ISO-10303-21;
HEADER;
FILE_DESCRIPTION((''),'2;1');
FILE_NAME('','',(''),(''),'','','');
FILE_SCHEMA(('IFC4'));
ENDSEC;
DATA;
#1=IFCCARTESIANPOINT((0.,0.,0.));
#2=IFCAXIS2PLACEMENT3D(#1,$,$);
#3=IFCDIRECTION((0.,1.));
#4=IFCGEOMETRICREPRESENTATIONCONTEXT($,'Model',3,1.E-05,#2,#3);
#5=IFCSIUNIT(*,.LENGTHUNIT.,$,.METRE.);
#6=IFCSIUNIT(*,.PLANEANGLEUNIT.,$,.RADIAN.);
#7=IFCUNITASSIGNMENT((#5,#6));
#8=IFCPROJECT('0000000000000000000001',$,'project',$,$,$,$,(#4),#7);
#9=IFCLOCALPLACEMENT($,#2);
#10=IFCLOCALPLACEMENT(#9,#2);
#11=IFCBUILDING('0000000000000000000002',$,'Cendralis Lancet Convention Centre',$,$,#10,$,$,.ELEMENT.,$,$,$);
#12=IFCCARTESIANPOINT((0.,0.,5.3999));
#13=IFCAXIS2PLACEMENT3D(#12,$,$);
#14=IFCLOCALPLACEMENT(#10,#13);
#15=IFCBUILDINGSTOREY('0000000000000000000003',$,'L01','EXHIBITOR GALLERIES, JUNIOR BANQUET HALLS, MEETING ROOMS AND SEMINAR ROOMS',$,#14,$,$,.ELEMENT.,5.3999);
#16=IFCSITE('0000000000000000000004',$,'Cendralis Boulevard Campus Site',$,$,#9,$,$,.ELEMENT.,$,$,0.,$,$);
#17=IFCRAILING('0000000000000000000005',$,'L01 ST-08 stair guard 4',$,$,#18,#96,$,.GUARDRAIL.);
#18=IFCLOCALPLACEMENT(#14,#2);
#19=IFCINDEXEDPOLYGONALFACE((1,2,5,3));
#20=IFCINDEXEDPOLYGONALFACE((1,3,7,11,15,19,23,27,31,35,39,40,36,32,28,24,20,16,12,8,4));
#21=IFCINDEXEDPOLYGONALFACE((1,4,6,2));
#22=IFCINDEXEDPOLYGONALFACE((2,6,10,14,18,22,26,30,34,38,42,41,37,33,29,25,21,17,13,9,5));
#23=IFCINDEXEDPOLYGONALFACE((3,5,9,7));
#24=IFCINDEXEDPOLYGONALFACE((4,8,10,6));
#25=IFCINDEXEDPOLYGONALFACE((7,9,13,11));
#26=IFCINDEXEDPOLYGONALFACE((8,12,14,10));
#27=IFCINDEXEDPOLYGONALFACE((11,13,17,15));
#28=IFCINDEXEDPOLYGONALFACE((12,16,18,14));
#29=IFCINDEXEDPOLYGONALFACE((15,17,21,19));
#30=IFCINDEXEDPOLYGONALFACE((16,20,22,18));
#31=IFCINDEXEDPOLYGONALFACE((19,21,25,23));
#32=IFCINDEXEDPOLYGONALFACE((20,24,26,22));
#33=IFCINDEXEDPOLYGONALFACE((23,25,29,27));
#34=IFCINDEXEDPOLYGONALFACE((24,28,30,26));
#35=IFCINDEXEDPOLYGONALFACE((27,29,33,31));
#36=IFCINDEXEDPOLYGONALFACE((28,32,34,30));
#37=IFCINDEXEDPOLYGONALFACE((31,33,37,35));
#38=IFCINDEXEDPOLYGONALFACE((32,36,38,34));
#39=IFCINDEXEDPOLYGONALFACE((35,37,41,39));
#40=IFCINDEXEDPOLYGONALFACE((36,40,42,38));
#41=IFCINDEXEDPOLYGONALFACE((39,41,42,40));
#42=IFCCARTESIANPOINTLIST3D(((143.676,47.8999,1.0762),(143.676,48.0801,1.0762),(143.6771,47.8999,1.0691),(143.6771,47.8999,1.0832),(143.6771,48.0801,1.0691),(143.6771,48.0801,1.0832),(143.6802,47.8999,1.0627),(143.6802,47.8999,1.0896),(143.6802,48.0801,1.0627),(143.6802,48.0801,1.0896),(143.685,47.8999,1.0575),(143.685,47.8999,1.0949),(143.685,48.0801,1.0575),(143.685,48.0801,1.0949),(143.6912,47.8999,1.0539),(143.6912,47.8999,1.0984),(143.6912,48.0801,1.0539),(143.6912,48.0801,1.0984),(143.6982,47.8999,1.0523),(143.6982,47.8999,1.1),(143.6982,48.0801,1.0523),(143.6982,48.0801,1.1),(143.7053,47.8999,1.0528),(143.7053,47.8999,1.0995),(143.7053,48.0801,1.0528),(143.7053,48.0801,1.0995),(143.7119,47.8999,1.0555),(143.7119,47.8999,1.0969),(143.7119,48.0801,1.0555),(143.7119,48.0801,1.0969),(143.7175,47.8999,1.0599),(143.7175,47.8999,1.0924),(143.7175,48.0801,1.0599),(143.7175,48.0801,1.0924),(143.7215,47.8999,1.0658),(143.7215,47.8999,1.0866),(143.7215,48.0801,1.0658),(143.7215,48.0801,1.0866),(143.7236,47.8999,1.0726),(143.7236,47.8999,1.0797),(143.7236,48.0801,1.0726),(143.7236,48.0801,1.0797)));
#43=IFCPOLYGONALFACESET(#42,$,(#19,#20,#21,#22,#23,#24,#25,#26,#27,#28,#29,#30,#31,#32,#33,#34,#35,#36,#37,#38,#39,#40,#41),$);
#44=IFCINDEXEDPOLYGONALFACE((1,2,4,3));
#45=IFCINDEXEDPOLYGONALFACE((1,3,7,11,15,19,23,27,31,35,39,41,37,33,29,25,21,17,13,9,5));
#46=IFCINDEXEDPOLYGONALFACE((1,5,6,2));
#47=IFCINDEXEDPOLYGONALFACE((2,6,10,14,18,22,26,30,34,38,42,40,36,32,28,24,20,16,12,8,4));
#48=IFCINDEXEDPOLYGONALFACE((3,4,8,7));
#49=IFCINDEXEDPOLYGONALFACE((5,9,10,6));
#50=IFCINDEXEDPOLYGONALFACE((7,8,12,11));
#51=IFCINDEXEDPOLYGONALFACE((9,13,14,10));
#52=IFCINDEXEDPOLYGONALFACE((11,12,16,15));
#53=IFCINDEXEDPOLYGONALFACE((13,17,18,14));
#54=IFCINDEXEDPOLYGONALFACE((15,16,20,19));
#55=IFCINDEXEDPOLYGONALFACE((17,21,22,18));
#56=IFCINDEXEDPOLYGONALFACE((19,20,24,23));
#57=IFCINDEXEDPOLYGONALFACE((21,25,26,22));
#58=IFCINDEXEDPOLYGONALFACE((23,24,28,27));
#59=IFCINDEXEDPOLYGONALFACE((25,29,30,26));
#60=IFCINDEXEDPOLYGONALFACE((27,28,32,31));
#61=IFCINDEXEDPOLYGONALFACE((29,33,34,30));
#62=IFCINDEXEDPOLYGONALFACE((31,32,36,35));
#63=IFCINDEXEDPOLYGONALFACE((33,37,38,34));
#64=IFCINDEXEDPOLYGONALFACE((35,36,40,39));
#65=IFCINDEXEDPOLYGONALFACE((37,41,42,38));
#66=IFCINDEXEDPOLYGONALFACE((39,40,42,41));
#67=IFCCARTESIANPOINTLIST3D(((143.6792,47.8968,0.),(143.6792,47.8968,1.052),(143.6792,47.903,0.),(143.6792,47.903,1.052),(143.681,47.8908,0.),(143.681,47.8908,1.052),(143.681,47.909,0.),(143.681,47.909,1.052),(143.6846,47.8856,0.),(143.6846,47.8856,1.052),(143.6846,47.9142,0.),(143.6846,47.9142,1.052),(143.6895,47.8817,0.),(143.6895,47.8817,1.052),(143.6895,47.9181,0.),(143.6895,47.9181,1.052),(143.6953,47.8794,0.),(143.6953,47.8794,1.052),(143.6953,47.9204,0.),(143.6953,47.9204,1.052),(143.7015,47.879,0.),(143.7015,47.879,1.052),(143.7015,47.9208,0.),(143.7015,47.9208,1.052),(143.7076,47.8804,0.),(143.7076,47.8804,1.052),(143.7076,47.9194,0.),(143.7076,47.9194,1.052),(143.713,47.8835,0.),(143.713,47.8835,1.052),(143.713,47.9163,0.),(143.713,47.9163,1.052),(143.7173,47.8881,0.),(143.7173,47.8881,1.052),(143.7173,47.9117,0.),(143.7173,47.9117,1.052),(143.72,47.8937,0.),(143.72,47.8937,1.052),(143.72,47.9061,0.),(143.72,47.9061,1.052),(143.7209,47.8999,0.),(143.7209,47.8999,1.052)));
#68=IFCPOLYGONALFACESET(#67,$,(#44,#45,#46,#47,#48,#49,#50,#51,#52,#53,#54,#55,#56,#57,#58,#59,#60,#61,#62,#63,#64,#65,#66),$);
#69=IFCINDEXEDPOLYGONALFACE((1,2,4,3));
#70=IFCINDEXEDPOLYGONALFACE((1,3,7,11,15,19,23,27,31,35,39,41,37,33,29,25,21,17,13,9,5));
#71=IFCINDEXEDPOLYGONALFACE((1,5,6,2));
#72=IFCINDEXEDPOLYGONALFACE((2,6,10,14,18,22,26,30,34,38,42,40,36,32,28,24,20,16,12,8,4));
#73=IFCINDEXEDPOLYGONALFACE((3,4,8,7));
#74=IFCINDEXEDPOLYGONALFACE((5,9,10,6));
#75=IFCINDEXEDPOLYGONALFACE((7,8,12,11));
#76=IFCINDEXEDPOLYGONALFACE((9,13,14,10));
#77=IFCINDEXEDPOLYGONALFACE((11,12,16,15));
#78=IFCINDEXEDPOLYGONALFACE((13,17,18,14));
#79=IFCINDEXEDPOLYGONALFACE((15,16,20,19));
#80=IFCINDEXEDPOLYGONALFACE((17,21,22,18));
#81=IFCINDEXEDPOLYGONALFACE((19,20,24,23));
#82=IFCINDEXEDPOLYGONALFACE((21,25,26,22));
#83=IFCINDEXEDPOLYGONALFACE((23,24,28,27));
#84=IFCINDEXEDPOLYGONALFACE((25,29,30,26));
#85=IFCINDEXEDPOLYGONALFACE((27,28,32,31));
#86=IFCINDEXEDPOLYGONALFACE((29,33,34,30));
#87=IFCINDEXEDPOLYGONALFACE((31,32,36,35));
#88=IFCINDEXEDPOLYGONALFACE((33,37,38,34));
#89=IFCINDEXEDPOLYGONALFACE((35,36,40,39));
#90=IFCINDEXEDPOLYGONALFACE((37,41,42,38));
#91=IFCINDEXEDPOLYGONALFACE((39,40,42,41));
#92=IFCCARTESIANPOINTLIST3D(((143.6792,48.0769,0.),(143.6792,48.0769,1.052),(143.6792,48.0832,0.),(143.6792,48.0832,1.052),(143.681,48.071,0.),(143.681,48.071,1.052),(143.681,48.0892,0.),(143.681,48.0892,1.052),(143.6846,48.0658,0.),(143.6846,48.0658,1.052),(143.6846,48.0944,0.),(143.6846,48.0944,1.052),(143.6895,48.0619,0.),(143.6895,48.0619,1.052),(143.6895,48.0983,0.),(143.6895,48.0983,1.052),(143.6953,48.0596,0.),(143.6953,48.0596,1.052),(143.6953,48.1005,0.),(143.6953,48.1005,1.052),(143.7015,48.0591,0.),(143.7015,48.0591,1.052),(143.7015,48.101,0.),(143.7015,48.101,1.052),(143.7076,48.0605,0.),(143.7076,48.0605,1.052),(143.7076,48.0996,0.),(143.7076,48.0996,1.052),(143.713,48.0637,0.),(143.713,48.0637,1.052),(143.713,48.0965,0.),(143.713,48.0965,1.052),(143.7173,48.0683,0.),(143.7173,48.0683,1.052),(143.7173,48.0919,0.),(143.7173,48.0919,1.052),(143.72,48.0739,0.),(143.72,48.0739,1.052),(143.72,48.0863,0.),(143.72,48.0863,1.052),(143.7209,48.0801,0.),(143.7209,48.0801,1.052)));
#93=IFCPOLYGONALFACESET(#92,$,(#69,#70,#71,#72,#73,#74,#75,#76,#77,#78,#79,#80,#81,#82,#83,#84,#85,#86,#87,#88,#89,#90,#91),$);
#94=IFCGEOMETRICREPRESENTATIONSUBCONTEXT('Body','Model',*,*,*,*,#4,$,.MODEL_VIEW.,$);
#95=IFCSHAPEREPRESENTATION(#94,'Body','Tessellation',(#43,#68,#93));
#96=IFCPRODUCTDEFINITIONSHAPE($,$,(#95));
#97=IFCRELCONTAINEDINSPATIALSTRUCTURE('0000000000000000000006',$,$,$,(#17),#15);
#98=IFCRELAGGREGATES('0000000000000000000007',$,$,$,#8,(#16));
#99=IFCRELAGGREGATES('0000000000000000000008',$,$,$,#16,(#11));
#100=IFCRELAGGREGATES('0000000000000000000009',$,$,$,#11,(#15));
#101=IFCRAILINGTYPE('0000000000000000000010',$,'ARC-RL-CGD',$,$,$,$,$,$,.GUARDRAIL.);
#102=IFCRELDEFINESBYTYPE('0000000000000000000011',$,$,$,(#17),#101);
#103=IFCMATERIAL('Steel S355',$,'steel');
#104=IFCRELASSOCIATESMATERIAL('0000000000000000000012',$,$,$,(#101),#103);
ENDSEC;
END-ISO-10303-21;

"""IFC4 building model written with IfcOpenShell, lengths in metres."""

from ifc_helpers import new_model, si_unit, direction, frame, origin, origin_2d, place, context, subcontext, project, spatial, circle, extrude, material, type_object, element, save


model = new_model("IFC4")

# Units and contexts
model_context = context("Model", 3, precision=1e-05, world=origin(), true_north=direction((0.0, 1.0)))
body_context = subcontext(model_context, "Body", "Model", "MODEL_VIEW")
ifc_project = project(units=[si_unit("LENGTHUNIT", "METRE"), si_unit("PLANEANGLEUNIT", "RADIAN")], contexts=[model_context])

# Site, building, storey
site_placement = place(None, origin())
site = spatial("IfcSite", under=ifc_project, at=site_placement, Name="Cendralis Boulevard Campus Site", CompositionType="ELEMENT", RefElevation=0.0)
building_placement = place(site_placement, origin())
building = spatial("IfcBuilding", under=site, at=building_placement, Name="Cendralis Lancet Convention Centre", CompositionType="ELEMENT")
storey_placement = place(building_placement, frame((0.0, 0.0, 5.3999)))
storey = spatial("IfcBuildingStorey", under=building, at=storey_placement, Name="L01", Description="EXHIBITOR GALLERIES, JUNIOR BANQUET HALLS, MEETING ROOMS AND SEMINAR ROOMS", CompositionType="ELEMENT", Elevation=5.3999)

# Shared definitions
ifc_material_1 = material(Name="Steel S355", Category="steel")

# Railing
railing_type_1 = type_object("IfcRailingType", Name="ARC-RL-CGD", PredefinedType="GUARDRAIL", material=ifc_material_1)
railing_1_placement = place(storey_placement, frame((143.7, 47.8999, 0.0)))
element("IfcRailing", 1, at=railing_1_placement, inside=storey, type_object=railing_type_1, Name="L01 ST-08 stair guard 4", PredefinedType="GUARDRAIL", context=body_context, shape_type="SweptSolid", body=[
    extrude(circle(Radius=0.0239, at=origin_2d()), frame((0.0, 0.0, 1.0762), z_axis=(0.0, 1.0, 0.0), x_axis=(-1.0, 0.0, 0.0)), (0.0, 0.0, 1.0), 0.1802),
    extrude(circle(Radius=0.021, at=origin_2d()), origin(), (0.0, 0.0, 1.0), 1.052),
    extrude(circle(Radius=0.021, at=origin_2d()), frame((0.0, 0.1802, 0.0)), (0.0, 0.0, 1.0), 1.052),
])

save(model, "model.ifc")
